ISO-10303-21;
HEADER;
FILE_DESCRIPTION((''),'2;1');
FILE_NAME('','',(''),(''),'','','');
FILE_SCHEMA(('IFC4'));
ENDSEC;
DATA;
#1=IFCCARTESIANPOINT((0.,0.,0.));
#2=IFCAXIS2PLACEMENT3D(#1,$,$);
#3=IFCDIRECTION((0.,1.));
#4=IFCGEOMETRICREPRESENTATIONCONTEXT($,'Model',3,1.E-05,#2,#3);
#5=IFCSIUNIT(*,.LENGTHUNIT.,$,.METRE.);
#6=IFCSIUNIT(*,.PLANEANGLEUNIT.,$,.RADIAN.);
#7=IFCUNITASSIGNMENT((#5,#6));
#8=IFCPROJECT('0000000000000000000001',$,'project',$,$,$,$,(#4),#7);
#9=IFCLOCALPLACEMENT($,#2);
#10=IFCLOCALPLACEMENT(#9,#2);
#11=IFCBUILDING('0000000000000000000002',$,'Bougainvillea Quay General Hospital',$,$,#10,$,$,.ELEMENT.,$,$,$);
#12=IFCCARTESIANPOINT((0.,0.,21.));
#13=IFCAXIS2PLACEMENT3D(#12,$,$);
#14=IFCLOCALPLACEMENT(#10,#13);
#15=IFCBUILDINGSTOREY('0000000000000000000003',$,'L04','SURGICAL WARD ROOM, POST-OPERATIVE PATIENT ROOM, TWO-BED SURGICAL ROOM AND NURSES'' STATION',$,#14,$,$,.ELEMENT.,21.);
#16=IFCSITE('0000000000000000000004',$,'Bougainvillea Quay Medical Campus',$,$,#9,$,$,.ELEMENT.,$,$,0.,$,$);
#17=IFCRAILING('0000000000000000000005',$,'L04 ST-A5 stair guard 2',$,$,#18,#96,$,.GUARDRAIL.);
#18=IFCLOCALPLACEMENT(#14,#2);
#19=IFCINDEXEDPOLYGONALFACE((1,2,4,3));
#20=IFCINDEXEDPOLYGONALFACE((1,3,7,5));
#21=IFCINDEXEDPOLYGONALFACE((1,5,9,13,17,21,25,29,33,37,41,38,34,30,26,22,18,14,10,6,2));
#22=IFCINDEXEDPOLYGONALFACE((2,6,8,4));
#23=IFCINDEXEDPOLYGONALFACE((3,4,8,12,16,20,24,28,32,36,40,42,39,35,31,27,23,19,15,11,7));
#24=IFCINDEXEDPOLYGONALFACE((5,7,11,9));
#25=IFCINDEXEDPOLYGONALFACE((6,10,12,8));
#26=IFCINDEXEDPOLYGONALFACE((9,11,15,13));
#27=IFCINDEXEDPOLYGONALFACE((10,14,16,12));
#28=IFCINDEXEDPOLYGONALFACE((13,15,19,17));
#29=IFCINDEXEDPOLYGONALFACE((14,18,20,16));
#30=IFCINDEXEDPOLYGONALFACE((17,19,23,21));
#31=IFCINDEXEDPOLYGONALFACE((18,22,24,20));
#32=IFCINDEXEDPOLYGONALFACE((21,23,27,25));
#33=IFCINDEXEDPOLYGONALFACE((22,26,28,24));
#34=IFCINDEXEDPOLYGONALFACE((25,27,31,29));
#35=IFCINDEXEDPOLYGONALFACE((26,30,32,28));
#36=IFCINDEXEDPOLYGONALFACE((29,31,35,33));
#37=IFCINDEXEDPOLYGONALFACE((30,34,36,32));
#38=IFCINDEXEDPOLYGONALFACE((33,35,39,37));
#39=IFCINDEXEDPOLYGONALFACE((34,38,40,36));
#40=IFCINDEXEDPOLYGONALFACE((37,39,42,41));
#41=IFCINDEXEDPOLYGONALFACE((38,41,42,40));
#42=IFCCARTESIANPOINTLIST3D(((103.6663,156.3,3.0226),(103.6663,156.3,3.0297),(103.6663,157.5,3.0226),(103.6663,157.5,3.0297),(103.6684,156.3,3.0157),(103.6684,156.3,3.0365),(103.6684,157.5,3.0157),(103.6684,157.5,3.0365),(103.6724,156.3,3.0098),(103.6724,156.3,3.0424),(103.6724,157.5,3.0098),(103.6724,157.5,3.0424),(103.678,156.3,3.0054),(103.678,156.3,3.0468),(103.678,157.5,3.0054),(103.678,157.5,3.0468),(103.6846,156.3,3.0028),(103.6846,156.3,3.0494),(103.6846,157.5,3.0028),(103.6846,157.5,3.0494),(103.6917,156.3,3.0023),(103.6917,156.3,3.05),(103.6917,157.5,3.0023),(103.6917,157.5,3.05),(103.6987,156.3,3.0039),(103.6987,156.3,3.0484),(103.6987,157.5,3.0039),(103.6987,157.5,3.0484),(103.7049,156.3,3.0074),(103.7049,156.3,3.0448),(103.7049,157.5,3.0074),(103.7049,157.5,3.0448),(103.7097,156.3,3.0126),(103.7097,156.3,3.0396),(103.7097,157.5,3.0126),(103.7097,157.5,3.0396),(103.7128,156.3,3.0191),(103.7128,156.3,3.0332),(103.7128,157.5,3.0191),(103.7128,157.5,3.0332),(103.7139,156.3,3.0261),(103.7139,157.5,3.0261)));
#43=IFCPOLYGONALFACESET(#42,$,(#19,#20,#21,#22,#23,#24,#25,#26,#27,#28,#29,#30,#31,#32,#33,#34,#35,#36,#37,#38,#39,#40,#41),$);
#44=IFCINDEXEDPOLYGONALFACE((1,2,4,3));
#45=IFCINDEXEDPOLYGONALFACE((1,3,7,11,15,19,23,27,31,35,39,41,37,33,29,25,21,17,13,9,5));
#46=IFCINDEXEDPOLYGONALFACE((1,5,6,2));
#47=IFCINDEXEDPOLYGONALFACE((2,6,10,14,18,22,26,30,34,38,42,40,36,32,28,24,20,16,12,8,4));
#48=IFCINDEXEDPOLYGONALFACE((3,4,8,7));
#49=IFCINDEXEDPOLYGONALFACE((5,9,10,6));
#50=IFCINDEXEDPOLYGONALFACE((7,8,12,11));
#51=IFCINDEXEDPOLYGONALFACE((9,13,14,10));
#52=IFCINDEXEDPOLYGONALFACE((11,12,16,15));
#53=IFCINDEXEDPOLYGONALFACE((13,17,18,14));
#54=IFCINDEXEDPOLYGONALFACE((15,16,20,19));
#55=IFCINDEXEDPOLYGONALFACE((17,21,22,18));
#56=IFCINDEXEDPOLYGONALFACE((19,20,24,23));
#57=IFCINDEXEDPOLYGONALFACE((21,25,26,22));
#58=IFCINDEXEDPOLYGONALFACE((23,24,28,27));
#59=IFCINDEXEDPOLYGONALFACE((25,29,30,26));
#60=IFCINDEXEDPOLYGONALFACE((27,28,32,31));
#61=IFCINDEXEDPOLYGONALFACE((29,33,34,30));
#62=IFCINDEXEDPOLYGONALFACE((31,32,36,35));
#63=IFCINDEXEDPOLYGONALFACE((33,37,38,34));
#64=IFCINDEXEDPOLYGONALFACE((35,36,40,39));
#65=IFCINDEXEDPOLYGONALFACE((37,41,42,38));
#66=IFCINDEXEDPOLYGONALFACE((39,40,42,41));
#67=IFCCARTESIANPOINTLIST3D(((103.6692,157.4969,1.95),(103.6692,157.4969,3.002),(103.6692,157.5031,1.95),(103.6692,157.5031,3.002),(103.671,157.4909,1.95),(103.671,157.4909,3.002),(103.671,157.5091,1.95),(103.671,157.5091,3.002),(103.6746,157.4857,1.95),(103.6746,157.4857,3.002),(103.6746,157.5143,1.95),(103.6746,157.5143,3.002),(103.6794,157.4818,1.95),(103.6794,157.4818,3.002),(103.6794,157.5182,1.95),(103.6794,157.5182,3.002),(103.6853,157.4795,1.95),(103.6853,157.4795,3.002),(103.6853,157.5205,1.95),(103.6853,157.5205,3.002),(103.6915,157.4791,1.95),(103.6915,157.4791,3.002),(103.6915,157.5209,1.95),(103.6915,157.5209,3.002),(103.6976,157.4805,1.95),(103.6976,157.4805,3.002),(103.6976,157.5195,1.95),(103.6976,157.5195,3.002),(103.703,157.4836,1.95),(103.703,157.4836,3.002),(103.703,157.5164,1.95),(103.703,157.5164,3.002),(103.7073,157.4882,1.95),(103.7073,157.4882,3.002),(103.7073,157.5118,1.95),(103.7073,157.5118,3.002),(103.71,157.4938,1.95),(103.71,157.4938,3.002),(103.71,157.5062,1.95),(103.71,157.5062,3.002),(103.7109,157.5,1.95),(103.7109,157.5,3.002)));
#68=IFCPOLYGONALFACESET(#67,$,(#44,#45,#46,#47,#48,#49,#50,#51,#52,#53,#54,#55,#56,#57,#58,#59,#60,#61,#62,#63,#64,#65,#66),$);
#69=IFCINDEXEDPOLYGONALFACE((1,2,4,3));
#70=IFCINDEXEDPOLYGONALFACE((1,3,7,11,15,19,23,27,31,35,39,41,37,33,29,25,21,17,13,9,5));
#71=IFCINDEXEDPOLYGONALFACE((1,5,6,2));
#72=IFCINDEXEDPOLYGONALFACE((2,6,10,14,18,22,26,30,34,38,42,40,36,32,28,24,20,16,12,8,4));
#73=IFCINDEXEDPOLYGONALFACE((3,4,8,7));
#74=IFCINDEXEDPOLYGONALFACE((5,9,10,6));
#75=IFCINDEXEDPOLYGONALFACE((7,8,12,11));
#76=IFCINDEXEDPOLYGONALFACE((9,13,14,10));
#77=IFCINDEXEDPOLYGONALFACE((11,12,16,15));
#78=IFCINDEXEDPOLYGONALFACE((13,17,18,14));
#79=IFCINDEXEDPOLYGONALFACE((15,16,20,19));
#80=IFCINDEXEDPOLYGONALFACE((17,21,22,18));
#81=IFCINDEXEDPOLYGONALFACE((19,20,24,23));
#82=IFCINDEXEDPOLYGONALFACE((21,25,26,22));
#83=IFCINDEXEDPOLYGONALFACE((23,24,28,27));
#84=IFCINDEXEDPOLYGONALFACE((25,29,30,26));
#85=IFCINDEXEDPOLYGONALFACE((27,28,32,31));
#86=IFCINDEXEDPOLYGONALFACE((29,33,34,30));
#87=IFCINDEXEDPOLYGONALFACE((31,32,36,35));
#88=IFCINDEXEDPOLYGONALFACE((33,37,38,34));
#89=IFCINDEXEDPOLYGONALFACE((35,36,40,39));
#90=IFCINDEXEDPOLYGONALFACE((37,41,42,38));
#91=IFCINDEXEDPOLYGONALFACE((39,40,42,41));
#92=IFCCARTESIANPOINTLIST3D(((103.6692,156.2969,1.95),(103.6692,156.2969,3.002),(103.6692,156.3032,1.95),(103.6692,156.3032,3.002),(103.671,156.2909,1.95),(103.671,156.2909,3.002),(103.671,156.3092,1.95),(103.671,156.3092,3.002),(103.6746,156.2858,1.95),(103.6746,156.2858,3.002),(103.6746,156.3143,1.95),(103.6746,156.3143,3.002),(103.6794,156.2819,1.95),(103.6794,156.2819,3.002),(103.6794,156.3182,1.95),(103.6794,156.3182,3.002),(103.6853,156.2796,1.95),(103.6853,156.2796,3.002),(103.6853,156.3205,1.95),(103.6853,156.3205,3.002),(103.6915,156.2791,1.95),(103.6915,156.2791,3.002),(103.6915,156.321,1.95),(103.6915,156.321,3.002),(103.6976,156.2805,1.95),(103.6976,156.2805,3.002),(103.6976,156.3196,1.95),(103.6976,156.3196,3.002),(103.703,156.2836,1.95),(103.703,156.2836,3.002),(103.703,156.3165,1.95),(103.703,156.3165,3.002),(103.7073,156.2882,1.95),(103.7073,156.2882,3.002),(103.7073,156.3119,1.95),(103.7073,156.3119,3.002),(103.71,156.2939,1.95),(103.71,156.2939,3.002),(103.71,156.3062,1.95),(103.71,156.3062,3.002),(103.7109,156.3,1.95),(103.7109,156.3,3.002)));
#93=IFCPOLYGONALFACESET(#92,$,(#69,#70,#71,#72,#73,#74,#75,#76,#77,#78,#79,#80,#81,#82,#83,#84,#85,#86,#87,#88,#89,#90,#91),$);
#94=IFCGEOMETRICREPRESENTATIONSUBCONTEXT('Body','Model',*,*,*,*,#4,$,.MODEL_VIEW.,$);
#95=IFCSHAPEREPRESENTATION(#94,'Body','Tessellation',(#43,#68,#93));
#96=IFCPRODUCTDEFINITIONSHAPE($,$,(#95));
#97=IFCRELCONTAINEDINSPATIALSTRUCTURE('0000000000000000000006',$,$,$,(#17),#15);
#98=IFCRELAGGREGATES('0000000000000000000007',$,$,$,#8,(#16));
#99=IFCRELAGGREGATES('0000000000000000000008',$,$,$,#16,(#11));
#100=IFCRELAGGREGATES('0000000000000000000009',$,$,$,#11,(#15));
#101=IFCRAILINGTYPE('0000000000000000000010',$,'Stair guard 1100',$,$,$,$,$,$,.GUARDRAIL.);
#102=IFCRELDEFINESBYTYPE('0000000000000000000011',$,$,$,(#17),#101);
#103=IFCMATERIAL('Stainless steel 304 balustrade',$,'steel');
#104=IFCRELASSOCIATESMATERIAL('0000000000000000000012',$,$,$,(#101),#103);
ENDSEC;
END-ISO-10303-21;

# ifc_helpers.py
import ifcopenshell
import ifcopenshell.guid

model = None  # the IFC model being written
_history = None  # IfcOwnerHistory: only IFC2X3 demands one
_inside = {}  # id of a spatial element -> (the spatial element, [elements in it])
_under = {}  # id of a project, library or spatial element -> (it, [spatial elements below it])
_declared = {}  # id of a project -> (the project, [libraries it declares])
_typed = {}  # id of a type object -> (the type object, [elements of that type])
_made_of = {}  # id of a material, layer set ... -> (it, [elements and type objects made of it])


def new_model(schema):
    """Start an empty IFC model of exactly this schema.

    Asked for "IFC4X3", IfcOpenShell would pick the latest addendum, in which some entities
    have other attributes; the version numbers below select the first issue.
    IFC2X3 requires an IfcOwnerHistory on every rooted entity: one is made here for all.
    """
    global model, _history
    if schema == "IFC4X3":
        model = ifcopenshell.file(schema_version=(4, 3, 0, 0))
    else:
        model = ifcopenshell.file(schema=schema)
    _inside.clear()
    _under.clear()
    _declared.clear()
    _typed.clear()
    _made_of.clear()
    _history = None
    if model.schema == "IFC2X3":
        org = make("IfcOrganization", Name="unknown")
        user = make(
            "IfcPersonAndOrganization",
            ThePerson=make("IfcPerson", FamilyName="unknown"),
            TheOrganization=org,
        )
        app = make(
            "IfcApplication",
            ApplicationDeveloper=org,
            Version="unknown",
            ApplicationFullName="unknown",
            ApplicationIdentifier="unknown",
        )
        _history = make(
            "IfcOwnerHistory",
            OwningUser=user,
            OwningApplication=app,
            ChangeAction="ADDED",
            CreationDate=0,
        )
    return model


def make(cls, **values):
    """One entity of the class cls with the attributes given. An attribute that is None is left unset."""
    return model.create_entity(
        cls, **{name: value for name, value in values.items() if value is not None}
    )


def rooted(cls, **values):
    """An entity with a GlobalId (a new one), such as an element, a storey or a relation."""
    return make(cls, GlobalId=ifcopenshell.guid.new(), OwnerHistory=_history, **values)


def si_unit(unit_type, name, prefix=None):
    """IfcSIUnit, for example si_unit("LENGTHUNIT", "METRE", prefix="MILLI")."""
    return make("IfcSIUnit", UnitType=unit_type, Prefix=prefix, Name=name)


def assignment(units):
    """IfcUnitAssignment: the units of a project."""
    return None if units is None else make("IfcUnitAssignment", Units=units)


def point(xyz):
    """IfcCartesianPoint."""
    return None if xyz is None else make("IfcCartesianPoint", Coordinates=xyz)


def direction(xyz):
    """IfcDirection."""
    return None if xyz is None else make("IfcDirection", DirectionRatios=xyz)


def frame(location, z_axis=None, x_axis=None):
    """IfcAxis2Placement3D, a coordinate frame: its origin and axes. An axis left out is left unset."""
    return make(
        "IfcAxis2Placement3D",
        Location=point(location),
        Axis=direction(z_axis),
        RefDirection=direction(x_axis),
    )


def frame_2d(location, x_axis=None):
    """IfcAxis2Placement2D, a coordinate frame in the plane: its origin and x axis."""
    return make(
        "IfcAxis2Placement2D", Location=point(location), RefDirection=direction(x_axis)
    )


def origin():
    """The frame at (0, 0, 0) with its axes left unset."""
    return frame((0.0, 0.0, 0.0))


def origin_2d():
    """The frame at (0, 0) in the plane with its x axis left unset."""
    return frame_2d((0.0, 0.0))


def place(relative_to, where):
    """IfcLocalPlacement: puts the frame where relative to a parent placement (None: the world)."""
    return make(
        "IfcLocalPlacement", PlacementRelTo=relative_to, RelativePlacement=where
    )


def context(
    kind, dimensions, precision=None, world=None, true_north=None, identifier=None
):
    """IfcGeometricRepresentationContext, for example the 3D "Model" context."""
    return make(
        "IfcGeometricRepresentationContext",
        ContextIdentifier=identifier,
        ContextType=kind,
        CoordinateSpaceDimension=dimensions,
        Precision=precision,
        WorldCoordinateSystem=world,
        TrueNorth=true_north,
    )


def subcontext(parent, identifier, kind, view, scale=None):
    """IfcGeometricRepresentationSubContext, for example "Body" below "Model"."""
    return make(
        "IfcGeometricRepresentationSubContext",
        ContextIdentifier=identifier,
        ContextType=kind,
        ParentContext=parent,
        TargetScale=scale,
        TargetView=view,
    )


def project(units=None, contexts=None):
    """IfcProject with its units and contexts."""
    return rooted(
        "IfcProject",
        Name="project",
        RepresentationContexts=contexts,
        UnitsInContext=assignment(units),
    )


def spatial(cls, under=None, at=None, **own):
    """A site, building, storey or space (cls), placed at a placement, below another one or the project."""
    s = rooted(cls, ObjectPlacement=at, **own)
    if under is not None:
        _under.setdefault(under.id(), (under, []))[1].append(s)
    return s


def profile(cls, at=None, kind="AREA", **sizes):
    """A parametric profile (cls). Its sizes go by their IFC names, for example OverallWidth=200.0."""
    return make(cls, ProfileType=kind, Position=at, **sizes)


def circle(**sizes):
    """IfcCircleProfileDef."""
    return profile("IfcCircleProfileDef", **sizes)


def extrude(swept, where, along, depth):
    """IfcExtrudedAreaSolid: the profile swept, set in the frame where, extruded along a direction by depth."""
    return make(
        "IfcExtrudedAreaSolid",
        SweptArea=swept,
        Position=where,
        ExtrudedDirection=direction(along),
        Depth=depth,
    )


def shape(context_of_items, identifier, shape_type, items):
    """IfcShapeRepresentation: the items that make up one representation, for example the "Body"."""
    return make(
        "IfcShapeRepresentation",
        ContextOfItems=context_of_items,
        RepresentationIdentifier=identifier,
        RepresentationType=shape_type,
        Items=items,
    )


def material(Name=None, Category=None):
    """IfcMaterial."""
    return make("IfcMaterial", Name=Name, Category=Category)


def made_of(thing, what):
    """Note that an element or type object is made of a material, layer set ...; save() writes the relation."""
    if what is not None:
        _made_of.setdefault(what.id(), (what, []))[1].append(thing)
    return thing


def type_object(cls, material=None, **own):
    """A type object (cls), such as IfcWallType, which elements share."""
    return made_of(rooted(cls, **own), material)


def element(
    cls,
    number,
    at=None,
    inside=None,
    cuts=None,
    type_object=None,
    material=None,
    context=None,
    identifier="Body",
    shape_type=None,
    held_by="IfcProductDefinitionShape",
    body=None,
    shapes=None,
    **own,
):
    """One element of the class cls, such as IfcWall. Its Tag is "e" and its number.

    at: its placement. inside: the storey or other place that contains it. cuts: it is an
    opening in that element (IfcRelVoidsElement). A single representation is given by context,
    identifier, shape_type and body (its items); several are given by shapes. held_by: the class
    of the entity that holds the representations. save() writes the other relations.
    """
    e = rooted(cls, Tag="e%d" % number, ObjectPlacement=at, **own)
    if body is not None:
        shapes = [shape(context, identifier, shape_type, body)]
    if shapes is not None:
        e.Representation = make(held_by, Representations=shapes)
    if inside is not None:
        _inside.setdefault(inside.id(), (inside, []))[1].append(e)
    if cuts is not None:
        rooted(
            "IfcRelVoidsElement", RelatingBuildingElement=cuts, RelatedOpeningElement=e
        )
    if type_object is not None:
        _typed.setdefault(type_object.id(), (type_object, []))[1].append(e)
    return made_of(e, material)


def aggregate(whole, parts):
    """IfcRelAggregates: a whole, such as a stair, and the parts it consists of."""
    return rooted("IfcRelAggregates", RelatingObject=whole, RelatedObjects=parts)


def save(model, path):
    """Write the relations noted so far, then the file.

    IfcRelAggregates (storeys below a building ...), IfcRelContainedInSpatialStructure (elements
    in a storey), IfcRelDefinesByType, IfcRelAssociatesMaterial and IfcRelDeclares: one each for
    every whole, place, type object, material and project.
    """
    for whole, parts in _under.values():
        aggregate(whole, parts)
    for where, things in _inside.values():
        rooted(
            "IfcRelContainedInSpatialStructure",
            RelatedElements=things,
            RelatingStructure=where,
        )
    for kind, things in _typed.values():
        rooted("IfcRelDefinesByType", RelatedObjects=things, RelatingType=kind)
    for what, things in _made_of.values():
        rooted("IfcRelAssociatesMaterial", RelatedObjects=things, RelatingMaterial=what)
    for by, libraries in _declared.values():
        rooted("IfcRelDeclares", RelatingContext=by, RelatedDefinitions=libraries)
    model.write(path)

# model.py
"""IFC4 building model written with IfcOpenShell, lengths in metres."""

from ifc_helpers import new_model, si_unit, direction, frame, origin, origin_2d, place, context, subcontext, project, spatial, circle, extrude, material, type_object, element, save


model = new_model("IFC4")

# Units and contexts
model_context = context("Model", 3, precision=1e-05, world=origin(), true_north=direction((0.0, 1.0)))
body_context = subcontext(model_context, "Body", "Model", "MODEL_VIEW")
ifc_project = project(units=[si_unit("LENGTHUNIT", "METRE"), si_unit("PLANEANGLEUNIT", "RADIAN")], contexts=[model_context])

# Site, building, storey
site_placement = place(None, origin())
site = spatial("IfcSite", under=ifc_project, at=site_placement, Name="Bougainvillea Quay Medical Campus", CompositionType="ELEMENT", RefElevation=0.0)
building_placement = place(site_placement, origin())
building = spatial("IfcBuilding", under=site, at=building_placement, Name="Bougainvillea Quay General Hospital", CompositionType="ELEMENT")
storey_placement = place(building_placement, frame((0.0, 0.0, 21.0)))
storey = spatial("IfcBuildingStorey", under=building, at=storey_placement, Name="L04", Description="SURGICAL WARD ROOM, POST-OPERATIVE PATIENT ROOM, TWO-BED SURGICAL ROOM AND NURSES' STATION", CompositionType="ELEMENT", Elevation=21.0)

# Railing
ifc_material_1 = material(Name="Stainless steel 304 balustrade", Category="steel")
railing_type_1 = type_object("IfcRailingType", Name="Stair guard 1100", PredefinedType="GUARDRAIL", material=ifc_material_1)
railing_1_placement = place(storey_placement, frame((103.6899, 157.5, 1.95)))
element("IfcRailing", 1, at=railing_1_placement, inside=storey, type_object=railing_type_1, Name="L04 ST-A5 stair guard 2", PredefinedType="GUARDRAIL", context=body_context, shape_type="SweptSolid", body=[
    extrude(circle(Radius=0.0239, at=origin_2d()), frame((0.0, 0.0, 1.0762), z_axis=(0.0, -1.0, 0.0), x_axis=(1.0, 0.0, 0.0)), (0.0, 0.0, 1.0), 1.2),
    extrude(circle(Radius=0.021, at=origin_2d()), origin(), (0.0, 0.0, 1.0), 1.052),
    extrude(circle(Radius=0.021, at=origin_2d()), frame((0.0, -1.2, 0.0)), (0.0, 0.0, 1.0), 1.052),
])

save(model, "model.ifc")
